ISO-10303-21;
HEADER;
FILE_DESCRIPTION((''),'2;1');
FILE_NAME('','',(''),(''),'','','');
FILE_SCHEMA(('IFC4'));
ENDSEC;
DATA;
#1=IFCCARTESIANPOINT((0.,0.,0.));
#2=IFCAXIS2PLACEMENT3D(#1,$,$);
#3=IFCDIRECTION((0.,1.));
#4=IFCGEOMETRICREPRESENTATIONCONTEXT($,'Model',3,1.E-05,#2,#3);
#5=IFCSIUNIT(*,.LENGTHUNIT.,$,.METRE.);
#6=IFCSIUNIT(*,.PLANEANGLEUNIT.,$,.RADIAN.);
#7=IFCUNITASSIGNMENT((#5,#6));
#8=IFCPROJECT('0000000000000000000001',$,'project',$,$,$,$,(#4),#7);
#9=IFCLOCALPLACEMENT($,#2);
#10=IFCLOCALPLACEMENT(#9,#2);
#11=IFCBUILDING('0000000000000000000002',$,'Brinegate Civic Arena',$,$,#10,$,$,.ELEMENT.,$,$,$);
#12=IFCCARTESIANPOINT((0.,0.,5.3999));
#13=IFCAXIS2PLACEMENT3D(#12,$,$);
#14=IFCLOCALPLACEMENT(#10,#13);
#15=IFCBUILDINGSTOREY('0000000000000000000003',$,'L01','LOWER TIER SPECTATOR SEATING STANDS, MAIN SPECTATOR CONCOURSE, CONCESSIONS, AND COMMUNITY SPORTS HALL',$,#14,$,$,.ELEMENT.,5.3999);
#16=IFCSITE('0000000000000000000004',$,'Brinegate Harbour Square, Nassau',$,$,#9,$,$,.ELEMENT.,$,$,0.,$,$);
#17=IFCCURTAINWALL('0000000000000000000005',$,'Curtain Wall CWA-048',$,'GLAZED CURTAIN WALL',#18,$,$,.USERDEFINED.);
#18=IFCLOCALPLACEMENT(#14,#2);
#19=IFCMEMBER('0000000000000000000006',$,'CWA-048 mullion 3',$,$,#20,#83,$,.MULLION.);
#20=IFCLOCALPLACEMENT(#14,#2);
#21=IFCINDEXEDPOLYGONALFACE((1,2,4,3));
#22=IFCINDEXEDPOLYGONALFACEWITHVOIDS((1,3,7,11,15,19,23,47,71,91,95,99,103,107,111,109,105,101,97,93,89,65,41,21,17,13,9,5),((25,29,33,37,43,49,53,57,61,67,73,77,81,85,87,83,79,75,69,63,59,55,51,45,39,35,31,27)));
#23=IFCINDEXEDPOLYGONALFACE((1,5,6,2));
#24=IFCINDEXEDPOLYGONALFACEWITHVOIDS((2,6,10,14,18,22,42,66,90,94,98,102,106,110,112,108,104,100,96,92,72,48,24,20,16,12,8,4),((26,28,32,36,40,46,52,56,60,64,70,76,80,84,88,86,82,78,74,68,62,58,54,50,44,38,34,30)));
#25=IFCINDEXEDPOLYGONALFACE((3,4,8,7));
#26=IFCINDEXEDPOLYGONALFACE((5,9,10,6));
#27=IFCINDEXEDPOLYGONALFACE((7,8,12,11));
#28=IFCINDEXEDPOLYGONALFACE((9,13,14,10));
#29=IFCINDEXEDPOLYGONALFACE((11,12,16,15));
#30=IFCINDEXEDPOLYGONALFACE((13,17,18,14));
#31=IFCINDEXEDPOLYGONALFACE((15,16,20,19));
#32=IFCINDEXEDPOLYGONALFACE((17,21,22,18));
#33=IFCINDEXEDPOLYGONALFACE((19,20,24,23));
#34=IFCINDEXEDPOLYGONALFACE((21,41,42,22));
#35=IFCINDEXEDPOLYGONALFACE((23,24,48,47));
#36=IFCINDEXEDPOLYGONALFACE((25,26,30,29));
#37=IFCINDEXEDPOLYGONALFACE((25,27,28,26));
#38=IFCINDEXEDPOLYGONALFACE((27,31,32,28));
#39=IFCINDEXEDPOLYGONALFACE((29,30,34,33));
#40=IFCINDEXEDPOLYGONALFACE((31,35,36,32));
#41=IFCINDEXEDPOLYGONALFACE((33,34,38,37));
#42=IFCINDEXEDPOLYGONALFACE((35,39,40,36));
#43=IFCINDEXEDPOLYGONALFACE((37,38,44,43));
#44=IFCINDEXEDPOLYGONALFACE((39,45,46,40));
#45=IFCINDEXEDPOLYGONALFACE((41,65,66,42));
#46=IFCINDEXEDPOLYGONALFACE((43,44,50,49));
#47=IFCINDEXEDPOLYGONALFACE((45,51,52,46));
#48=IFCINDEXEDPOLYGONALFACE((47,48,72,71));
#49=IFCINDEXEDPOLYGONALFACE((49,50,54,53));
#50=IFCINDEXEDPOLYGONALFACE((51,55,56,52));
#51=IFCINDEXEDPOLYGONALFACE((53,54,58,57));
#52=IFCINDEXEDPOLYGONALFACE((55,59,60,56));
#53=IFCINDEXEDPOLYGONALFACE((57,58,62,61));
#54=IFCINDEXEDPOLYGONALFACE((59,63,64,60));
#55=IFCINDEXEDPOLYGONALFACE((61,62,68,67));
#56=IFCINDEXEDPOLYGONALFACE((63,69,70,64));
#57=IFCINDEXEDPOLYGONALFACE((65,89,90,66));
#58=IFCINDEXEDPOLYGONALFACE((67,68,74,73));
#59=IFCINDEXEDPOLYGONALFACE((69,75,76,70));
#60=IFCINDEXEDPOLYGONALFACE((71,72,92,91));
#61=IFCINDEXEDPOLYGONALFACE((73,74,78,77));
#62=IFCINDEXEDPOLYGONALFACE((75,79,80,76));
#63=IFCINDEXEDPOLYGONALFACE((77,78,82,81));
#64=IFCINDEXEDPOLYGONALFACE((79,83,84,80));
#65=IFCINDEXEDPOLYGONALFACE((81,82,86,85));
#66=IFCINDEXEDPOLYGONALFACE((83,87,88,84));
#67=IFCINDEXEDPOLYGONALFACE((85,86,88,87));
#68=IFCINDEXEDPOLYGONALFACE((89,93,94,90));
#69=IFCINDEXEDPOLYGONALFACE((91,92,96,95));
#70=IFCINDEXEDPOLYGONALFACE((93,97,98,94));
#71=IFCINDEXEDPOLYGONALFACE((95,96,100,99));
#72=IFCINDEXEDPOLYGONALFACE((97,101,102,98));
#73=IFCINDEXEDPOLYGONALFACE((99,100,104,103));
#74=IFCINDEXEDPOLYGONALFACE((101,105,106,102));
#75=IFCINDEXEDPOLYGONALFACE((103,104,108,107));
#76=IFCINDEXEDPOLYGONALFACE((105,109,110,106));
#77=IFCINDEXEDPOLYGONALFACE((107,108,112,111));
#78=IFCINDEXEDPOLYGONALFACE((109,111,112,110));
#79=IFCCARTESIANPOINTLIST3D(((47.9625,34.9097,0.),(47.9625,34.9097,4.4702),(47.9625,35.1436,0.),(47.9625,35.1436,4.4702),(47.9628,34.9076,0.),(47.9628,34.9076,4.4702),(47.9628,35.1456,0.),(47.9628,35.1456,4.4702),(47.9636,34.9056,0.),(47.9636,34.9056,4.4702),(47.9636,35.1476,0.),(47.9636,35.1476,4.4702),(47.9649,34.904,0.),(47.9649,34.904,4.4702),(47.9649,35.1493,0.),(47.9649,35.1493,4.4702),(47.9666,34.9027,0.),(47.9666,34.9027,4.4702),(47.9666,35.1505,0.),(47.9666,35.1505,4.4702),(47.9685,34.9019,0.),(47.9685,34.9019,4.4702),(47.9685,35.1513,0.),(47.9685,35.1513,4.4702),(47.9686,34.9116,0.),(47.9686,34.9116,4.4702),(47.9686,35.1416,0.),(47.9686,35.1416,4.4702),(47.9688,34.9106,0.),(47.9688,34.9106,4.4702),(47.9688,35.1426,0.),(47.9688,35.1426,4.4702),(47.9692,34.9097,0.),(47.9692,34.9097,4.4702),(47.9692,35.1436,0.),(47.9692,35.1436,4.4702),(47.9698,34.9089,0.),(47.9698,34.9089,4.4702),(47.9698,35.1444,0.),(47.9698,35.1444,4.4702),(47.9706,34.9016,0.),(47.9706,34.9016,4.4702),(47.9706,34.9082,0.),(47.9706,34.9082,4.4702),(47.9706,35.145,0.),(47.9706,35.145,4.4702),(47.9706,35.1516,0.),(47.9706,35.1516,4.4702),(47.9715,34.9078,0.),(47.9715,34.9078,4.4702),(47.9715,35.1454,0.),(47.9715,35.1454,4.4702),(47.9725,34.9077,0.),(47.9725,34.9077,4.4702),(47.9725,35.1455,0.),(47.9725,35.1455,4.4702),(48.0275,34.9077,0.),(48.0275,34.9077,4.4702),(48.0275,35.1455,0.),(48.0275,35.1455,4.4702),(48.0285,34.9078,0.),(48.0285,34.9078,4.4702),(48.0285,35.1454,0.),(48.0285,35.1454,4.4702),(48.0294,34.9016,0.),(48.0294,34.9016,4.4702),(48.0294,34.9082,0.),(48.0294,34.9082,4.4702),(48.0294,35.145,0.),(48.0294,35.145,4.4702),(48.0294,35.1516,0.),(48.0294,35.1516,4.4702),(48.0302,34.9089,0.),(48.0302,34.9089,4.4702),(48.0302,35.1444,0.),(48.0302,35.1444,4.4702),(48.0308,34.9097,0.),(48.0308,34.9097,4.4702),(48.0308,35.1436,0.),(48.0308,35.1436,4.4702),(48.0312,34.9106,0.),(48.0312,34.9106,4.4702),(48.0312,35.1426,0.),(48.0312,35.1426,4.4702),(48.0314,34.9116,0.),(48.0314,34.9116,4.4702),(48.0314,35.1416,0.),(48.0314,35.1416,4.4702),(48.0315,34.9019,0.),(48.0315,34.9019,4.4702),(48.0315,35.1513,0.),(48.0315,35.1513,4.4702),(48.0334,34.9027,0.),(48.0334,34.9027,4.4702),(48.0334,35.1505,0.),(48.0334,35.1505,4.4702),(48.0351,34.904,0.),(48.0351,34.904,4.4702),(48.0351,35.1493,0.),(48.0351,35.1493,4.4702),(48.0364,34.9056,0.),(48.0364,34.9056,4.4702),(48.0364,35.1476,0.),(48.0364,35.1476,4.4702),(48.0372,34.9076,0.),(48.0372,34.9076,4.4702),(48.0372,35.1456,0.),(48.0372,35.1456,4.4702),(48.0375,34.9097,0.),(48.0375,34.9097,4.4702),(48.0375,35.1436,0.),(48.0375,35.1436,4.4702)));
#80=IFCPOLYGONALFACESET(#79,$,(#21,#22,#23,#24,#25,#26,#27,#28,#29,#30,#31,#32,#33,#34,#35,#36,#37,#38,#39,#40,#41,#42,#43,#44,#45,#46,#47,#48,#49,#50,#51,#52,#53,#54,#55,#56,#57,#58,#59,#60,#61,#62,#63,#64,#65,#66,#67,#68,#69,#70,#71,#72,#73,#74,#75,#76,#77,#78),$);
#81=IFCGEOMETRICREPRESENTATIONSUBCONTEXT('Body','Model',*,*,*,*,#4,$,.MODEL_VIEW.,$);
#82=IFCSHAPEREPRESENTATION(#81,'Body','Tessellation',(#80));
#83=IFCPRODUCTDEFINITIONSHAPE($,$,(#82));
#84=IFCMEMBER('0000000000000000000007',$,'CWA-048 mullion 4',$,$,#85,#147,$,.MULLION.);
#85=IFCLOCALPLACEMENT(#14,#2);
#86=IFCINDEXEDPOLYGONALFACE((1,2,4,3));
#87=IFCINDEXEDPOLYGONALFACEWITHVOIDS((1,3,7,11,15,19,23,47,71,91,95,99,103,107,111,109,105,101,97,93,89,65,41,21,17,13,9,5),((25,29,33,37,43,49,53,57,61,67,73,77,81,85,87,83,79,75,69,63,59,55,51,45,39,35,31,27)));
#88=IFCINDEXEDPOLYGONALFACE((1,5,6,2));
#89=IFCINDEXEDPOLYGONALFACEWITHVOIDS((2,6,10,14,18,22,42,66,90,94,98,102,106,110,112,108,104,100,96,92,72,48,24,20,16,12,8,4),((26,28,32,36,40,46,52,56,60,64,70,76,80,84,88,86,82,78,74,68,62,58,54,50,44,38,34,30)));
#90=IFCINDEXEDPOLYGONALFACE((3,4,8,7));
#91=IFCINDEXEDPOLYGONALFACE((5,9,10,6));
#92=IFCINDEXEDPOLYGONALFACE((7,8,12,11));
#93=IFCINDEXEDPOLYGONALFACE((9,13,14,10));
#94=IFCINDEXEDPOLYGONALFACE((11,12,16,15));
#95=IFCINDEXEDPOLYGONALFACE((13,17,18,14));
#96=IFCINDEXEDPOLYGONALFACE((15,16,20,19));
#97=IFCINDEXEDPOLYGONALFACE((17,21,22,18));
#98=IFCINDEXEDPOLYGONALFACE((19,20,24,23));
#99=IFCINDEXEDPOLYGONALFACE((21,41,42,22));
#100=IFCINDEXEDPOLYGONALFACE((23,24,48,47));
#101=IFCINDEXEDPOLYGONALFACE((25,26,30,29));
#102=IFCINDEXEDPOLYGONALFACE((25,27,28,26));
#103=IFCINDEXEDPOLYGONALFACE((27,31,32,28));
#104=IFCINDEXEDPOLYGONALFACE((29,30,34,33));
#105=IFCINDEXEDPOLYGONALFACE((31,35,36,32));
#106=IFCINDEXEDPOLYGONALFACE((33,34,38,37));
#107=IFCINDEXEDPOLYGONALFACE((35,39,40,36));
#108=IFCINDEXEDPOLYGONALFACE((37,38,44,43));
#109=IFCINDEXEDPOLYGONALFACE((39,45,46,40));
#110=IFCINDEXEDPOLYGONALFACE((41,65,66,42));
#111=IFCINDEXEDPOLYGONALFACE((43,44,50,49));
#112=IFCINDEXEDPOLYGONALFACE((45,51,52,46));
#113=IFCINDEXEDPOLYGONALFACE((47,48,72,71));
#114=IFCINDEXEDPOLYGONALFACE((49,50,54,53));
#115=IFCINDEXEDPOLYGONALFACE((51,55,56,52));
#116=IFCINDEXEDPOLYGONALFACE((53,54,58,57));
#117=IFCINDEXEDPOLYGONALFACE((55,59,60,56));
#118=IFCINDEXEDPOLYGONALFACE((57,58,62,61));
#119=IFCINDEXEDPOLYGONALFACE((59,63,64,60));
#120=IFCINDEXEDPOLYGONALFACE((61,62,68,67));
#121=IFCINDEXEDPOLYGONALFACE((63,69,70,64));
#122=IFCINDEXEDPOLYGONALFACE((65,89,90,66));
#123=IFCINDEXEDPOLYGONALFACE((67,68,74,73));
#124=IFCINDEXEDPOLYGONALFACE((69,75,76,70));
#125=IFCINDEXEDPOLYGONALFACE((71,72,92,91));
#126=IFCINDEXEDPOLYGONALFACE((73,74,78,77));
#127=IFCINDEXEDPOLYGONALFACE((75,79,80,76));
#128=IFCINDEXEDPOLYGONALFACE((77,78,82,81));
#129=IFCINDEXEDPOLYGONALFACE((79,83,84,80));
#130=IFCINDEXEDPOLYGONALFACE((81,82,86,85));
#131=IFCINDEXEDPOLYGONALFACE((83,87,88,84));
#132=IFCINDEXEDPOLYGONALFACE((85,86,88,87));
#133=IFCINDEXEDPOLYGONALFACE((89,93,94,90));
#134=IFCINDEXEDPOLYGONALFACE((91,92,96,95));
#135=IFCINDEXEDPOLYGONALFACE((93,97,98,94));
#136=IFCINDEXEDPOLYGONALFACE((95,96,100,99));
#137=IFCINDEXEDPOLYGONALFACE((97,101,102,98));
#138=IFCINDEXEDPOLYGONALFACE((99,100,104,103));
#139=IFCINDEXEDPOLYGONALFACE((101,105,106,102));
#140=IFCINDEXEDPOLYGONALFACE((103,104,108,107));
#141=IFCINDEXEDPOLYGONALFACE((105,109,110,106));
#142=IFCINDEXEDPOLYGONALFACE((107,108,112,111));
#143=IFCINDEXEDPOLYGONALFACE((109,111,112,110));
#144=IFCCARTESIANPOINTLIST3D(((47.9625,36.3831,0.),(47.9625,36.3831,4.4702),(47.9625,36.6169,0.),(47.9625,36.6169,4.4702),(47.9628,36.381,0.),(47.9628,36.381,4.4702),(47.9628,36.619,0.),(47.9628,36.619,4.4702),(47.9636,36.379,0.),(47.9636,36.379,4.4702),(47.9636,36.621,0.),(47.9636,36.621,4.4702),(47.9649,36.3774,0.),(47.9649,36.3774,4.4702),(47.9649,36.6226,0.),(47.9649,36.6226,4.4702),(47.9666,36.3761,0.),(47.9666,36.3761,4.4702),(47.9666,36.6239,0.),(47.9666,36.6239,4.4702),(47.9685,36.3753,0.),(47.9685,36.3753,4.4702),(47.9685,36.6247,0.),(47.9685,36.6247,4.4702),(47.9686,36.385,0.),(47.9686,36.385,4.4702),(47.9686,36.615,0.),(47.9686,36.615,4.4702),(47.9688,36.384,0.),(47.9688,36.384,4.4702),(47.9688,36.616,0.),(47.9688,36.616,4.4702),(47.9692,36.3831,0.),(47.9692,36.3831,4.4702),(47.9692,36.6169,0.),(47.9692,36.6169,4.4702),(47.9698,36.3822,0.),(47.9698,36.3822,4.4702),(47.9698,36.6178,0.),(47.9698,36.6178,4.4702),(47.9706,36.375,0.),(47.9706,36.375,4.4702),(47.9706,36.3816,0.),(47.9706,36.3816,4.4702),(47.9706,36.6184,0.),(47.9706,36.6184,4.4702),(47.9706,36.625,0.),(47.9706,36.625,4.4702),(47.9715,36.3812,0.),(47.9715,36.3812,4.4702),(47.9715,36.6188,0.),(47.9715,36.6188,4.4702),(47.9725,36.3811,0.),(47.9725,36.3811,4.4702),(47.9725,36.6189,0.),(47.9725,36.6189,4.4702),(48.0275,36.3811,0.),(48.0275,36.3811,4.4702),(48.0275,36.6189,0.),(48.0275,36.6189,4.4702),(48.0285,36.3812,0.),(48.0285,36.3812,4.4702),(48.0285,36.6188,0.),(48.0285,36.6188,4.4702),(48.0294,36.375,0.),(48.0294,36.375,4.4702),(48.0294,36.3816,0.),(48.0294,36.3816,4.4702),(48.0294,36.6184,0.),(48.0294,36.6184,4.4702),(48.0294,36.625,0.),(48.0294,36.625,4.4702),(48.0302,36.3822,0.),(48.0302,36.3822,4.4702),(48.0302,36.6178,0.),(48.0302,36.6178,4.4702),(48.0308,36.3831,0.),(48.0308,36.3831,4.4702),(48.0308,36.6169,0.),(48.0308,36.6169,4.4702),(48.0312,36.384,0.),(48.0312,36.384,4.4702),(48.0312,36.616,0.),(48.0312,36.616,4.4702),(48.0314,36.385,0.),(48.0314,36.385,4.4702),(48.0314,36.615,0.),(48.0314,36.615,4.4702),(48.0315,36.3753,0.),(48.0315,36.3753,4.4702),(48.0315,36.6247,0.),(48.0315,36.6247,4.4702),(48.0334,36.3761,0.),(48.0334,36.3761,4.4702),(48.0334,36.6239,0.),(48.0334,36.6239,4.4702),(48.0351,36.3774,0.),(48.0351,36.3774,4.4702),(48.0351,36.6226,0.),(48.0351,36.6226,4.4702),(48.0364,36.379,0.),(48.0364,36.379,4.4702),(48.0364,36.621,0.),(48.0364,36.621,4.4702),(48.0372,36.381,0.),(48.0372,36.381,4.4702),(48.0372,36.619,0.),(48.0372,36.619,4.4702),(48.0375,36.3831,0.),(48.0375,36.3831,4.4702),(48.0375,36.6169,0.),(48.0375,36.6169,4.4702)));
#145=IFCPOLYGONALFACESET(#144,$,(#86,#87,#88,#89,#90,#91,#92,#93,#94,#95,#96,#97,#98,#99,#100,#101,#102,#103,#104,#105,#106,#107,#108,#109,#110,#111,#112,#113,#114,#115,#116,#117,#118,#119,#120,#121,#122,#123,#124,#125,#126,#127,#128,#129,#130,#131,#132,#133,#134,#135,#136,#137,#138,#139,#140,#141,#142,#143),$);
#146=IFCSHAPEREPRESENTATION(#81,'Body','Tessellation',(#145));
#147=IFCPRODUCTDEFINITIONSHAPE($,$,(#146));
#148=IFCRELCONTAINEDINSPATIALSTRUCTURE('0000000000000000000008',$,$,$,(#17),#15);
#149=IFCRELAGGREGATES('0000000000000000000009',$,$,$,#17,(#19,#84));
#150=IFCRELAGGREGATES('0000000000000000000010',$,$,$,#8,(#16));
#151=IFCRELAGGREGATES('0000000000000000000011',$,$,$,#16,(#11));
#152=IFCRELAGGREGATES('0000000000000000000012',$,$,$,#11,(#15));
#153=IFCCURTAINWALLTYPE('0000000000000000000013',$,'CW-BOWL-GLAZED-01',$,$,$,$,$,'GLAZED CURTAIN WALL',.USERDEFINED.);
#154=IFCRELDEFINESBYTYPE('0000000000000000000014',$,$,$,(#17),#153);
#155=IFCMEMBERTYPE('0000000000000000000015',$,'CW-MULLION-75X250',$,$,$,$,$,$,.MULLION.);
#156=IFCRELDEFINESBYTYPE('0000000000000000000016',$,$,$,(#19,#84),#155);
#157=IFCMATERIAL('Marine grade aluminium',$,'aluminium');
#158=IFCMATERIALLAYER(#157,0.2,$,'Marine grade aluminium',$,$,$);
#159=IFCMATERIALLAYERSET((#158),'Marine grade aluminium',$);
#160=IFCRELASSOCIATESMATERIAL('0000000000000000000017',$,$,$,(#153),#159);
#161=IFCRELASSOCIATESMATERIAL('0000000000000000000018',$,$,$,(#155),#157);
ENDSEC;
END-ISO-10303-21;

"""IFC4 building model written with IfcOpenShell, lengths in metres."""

from ifc_helpers import new_model, si_unit, direction, frame, origin, origin_2d, place, context, subcontext, project, spatial, hollow_rectangle, extrude, material, layer, layer_set, material_profile, profile_set, type_object, element, aggregate, save


model = new_model("IFC4")

# Units and contexts
model_context = context("Model", 3, precision=1e-05, world=origin(), true_north=direction((0.0, 1.0)))
body_context = subcontext(model_context, "Body", "Model", "MODEL_VIEW")
ifc_project = project(units=[si_unit("LENGTHUNIT", "METRE"), si_unit("PLANEANGLEUNIT", "RADIAN")], contexts=[model_context])

# Site, building, storey
site_placement = place(None, origin())
site = spatial("IfcSite", under=ifc_project, at=site_placement, Name="Brinegate Harbour Square, Nassau", CompositionType="ELEMENT", RefElevation=0.0)
building_placement = place(site_placement, origin())
building = spatial("IfcBuilding", under=site, at=building_placement, Name="Brinegate Civic Arena", CompositionType="ELEMENT")
storey_placement = place(building_placement, frame((0.0, 0.0, 5.3999)))
storey = spatial("IfcBuildingStorey", under=building, at=storey_placement, Name="L01", Description="LOWER TIER SPECTATOR SEATING STANDS, MAIN SPECTATOR CONCOURSE, CONCESSIONS, AND COMMUNITY SPORTS HALL", CompositionType="ELEMENT", Elevation=5.3999)

# Curtain wall, members
ifc_material_1 = material(Name="Marine grade aluminium", Category="aluminium")
ifc_layer_1 = layer(ifc_material_1, 0.2, Name="Marine grade aluminium")
ifc_layer_set_1 = layer_set([ifc_layer_1], Name="Marine grade aluminium")
curtain_wall_type = type_object("IfcCurtainWallType", Name="CW-BOWL-GLAZED-01", ElementType="GLAZED CURTAIN WALL", PredefinedType="USERDEFINED", material=ifc_layer_set_1)
curtain_wall_placement = place(storey_placement, origin())
curtain_wall = element("IfcCurtainWall", 1, at=curtain_wall_placement, inside=storey, type_object=curtain_wall_type, Name="Curtain Wall CWA-048", ObjectType="GLAZED CURTAIN WALL", PredefinedType="USERDEFINED")
ifc_material_profile_1 = material_profile(ifc_material_1, hollow_rectangle(XDim=0.075, YDim=0.25, WallThickness=0.0061, InnerFilletRadius=0.0039, OuterFilletRadius=0.0081, at=origin_2d()), Name="MUL75X250")
ifc_profile_set_1 = profile_set([ifc_material_profile_1], Name="Marine grade aluminium")
member_type_1 = type_object("IfcMemberType", Name="CW-MULLION-75X250", PredefinedType="MULLION", material=ifc_profile_set_1)
member_1_placement = place(storey_placement, frame((48.0, 35.0266, 0.0), z_axis=(0.0, 0.0, 1.0), x_axis=(-1.0, 0.0, 0.0)))
member_1 = element("IfcMember", 2, at=member_1_placement, type_object=member_type_1, Name="CWA-048 mullion 3", PredefinedType="MULLION", context=body_context, shape_type="SweptSolid", body=[
    extrude(hollow_rectangle(XDim=0.075, YDim=0.25, WallThickness=0.0061, InnerFilletRadius=0.0039, OuterFilletRadius=0.0081, at=origin_2d()), origin(), (0.0, 0.0, 1.0), 4.4702),
])
member_2_placement = place(storey_placement, frame((48.0, 36.5, 0.0), z_axis=(0.0, 0.0, 1.0), x_axis=(-1.0, 0.0, 0.0)))
member_2 = element("IfcMember", 3, at=member_2_placement, type_object=member_type_1, Name="CWA-048 mullion 4", PredefinedType="MULLION", context=body_context, shape_type="SweptSolid", body=[
    extrude(hollow_rectangle(XDim=0.075, YDim=0.25, WallThickness=0.0061, InnerFilletRadius=0.0039, OuterFilletRadius=0.0081, at=origin_2d()), origin(), (0.0, 0.0, 1.0), 4.4702),
])
aggregate(curtain_wall, [member_1, member_2])

save(model, "model.ifc")
